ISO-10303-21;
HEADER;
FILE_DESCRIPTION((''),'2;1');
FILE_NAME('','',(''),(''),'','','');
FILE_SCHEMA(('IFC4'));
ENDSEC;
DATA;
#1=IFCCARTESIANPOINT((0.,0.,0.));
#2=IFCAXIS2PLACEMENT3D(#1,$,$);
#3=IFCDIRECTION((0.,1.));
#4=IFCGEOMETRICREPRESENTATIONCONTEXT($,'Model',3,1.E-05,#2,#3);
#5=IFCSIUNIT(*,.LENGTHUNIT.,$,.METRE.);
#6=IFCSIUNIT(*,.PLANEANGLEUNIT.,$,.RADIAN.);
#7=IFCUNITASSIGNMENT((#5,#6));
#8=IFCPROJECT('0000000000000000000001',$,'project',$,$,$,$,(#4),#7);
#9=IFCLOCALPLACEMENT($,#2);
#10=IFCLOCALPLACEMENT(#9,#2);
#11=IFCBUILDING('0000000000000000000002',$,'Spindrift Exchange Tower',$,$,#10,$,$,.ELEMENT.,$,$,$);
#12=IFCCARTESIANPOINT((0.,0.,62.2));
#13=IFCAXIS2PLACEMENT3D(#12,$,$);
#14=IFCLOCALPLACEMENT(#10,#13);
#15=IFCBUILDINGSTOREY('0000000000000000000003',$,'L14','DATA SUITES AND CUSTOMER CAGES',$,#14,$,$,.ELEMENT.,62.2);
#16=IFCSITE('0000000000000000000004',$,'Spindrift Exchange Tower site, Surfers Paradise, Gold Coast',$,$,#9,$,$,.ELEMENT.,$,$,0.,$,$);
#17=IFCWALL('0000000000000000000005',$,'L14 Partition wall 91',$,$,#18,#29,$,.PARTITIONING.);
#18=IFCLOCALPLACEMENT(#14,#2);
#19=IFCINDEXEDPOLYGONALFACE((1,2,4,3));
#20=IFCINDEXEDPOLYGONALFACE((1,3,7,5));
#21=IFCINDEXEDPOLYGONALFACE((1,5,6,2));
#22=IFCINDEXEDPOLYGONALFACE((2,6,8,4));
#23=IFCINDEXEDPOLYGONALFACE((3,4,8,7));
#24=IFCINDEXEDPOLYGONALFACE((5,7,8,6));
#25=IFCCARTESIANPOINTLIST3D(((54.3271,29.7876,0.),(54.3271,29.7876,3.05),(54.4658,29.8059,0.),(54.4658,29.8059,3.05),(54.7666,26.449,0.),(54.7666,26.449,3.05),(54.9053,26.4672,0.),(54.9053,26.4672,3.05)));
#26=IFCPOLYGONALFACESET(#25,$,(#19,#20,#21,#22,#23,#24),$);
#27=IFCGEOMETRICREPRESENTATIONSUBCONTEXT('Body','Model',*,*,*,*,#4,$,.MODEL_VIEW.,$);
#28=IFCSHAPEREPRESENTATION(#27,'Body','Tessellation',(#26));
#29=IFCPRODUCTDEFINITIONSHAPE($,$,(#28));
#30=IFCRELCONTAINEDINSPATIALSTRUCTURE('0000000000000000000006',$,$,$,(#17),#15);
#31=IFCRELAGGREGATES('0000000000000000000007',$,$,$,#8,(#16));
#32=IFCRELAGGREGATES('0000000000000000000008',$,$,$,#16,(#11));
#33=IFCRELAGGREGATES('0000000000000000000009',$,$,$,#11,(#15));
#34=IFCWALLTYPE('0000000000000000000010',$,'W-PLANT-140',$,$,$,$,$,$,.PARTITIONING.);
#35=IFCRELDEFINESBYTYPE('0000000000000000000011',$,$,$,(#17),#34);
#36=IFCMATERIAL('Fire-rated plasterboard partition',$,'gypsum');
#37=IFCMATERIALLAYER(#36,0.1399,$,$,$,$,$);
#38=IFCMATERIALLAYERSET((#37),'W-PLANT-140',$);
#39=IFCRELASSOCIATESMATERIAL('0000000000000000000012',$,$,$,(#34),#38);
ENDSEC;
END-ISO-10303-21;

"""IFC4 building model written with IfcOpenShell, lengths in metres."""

from ifc_helpers import new_model, si_unit, direction, frame, frame_2d, origin, place, context, subcontext, project, spatial, rectangle, extrude, material, layer, layer_set, type_object, element, save


model = new_model("IFC4")

# Units and contexts
model_context = context("Model", 3, precision=1e-05, world=origin(), true_north=direction((0.0, 1.0)))
body_context = subcontext(model_context, "Body", "Model", "MODEL_VIEW")
ifc_project = project(units=[si_unit("LENGTHUNIT", "METRE"), si_unit("PLANEANGLEUNIT", "RADIAN")], contexts=[model_context])

# Site, building, storey
site_placement = place(None, origin())
site = spatial("IfcSite", under=ifc_project, at=site_placement, Name="Spindrift Exchange Tower site, Surfers Paradise, Gold Coast", CompositionType="ELEMENT", RefElevation=0.0)
building_placement = place(site_placement, origin())
building = spatial("IfcBuilding", under=site, at=building_placement, Name="Spindrift Exchange Tower", CompositionType="ELEMENT")
storey_placement = place(building_placement, frame((0.0, 0.0, 62.2)))
storey = spatial("IfcBuildingStorey", under=building, at=storey_placement, Name="L14", Description="DATA SUITES AND CUSTOMER CAGES", CompositionType="ELEMENT", Elevation=62.2)

# Shared definitions
ifc_material_1 = material(Name="Fire-rated plasterboard partition", Category="gypsum")
ifc_layer_1 = layer(ifc_material_1, 0.1399)
ifc_layer_set_1 = layer_set([ifc_layer_1], Name="W-PLANT-140")
wall_type_1 = type_object("IfcWallType", Name="W-PLANT-140", PredefinedType="PARTITIONING", material=ifc_layer_set_1)

# Wall
wall_1_placement = place(storey_placement, frame((54.3965, 29.7966, 0.0), z_axis=(0.0, 0.0, 1.0), x_axis=(0.130501, -0.991448, 0.0)))
element("IfcWall", 1, at=wall_1_placement, inside=storey, type_object=wall_type_1, Name="L14 Partition wall 91", PredefinedType="PARTITIONING", context=body_context, shape_type="SweptSolid", body=[
    extrude(rectangle(XDim=3.3674, YDim=0.1399, at=frame_2d((1.6836, 0.0))), origin(), (0.0, 0.0, 1.0), 3.05),
])

save(model, "model.ifc")
